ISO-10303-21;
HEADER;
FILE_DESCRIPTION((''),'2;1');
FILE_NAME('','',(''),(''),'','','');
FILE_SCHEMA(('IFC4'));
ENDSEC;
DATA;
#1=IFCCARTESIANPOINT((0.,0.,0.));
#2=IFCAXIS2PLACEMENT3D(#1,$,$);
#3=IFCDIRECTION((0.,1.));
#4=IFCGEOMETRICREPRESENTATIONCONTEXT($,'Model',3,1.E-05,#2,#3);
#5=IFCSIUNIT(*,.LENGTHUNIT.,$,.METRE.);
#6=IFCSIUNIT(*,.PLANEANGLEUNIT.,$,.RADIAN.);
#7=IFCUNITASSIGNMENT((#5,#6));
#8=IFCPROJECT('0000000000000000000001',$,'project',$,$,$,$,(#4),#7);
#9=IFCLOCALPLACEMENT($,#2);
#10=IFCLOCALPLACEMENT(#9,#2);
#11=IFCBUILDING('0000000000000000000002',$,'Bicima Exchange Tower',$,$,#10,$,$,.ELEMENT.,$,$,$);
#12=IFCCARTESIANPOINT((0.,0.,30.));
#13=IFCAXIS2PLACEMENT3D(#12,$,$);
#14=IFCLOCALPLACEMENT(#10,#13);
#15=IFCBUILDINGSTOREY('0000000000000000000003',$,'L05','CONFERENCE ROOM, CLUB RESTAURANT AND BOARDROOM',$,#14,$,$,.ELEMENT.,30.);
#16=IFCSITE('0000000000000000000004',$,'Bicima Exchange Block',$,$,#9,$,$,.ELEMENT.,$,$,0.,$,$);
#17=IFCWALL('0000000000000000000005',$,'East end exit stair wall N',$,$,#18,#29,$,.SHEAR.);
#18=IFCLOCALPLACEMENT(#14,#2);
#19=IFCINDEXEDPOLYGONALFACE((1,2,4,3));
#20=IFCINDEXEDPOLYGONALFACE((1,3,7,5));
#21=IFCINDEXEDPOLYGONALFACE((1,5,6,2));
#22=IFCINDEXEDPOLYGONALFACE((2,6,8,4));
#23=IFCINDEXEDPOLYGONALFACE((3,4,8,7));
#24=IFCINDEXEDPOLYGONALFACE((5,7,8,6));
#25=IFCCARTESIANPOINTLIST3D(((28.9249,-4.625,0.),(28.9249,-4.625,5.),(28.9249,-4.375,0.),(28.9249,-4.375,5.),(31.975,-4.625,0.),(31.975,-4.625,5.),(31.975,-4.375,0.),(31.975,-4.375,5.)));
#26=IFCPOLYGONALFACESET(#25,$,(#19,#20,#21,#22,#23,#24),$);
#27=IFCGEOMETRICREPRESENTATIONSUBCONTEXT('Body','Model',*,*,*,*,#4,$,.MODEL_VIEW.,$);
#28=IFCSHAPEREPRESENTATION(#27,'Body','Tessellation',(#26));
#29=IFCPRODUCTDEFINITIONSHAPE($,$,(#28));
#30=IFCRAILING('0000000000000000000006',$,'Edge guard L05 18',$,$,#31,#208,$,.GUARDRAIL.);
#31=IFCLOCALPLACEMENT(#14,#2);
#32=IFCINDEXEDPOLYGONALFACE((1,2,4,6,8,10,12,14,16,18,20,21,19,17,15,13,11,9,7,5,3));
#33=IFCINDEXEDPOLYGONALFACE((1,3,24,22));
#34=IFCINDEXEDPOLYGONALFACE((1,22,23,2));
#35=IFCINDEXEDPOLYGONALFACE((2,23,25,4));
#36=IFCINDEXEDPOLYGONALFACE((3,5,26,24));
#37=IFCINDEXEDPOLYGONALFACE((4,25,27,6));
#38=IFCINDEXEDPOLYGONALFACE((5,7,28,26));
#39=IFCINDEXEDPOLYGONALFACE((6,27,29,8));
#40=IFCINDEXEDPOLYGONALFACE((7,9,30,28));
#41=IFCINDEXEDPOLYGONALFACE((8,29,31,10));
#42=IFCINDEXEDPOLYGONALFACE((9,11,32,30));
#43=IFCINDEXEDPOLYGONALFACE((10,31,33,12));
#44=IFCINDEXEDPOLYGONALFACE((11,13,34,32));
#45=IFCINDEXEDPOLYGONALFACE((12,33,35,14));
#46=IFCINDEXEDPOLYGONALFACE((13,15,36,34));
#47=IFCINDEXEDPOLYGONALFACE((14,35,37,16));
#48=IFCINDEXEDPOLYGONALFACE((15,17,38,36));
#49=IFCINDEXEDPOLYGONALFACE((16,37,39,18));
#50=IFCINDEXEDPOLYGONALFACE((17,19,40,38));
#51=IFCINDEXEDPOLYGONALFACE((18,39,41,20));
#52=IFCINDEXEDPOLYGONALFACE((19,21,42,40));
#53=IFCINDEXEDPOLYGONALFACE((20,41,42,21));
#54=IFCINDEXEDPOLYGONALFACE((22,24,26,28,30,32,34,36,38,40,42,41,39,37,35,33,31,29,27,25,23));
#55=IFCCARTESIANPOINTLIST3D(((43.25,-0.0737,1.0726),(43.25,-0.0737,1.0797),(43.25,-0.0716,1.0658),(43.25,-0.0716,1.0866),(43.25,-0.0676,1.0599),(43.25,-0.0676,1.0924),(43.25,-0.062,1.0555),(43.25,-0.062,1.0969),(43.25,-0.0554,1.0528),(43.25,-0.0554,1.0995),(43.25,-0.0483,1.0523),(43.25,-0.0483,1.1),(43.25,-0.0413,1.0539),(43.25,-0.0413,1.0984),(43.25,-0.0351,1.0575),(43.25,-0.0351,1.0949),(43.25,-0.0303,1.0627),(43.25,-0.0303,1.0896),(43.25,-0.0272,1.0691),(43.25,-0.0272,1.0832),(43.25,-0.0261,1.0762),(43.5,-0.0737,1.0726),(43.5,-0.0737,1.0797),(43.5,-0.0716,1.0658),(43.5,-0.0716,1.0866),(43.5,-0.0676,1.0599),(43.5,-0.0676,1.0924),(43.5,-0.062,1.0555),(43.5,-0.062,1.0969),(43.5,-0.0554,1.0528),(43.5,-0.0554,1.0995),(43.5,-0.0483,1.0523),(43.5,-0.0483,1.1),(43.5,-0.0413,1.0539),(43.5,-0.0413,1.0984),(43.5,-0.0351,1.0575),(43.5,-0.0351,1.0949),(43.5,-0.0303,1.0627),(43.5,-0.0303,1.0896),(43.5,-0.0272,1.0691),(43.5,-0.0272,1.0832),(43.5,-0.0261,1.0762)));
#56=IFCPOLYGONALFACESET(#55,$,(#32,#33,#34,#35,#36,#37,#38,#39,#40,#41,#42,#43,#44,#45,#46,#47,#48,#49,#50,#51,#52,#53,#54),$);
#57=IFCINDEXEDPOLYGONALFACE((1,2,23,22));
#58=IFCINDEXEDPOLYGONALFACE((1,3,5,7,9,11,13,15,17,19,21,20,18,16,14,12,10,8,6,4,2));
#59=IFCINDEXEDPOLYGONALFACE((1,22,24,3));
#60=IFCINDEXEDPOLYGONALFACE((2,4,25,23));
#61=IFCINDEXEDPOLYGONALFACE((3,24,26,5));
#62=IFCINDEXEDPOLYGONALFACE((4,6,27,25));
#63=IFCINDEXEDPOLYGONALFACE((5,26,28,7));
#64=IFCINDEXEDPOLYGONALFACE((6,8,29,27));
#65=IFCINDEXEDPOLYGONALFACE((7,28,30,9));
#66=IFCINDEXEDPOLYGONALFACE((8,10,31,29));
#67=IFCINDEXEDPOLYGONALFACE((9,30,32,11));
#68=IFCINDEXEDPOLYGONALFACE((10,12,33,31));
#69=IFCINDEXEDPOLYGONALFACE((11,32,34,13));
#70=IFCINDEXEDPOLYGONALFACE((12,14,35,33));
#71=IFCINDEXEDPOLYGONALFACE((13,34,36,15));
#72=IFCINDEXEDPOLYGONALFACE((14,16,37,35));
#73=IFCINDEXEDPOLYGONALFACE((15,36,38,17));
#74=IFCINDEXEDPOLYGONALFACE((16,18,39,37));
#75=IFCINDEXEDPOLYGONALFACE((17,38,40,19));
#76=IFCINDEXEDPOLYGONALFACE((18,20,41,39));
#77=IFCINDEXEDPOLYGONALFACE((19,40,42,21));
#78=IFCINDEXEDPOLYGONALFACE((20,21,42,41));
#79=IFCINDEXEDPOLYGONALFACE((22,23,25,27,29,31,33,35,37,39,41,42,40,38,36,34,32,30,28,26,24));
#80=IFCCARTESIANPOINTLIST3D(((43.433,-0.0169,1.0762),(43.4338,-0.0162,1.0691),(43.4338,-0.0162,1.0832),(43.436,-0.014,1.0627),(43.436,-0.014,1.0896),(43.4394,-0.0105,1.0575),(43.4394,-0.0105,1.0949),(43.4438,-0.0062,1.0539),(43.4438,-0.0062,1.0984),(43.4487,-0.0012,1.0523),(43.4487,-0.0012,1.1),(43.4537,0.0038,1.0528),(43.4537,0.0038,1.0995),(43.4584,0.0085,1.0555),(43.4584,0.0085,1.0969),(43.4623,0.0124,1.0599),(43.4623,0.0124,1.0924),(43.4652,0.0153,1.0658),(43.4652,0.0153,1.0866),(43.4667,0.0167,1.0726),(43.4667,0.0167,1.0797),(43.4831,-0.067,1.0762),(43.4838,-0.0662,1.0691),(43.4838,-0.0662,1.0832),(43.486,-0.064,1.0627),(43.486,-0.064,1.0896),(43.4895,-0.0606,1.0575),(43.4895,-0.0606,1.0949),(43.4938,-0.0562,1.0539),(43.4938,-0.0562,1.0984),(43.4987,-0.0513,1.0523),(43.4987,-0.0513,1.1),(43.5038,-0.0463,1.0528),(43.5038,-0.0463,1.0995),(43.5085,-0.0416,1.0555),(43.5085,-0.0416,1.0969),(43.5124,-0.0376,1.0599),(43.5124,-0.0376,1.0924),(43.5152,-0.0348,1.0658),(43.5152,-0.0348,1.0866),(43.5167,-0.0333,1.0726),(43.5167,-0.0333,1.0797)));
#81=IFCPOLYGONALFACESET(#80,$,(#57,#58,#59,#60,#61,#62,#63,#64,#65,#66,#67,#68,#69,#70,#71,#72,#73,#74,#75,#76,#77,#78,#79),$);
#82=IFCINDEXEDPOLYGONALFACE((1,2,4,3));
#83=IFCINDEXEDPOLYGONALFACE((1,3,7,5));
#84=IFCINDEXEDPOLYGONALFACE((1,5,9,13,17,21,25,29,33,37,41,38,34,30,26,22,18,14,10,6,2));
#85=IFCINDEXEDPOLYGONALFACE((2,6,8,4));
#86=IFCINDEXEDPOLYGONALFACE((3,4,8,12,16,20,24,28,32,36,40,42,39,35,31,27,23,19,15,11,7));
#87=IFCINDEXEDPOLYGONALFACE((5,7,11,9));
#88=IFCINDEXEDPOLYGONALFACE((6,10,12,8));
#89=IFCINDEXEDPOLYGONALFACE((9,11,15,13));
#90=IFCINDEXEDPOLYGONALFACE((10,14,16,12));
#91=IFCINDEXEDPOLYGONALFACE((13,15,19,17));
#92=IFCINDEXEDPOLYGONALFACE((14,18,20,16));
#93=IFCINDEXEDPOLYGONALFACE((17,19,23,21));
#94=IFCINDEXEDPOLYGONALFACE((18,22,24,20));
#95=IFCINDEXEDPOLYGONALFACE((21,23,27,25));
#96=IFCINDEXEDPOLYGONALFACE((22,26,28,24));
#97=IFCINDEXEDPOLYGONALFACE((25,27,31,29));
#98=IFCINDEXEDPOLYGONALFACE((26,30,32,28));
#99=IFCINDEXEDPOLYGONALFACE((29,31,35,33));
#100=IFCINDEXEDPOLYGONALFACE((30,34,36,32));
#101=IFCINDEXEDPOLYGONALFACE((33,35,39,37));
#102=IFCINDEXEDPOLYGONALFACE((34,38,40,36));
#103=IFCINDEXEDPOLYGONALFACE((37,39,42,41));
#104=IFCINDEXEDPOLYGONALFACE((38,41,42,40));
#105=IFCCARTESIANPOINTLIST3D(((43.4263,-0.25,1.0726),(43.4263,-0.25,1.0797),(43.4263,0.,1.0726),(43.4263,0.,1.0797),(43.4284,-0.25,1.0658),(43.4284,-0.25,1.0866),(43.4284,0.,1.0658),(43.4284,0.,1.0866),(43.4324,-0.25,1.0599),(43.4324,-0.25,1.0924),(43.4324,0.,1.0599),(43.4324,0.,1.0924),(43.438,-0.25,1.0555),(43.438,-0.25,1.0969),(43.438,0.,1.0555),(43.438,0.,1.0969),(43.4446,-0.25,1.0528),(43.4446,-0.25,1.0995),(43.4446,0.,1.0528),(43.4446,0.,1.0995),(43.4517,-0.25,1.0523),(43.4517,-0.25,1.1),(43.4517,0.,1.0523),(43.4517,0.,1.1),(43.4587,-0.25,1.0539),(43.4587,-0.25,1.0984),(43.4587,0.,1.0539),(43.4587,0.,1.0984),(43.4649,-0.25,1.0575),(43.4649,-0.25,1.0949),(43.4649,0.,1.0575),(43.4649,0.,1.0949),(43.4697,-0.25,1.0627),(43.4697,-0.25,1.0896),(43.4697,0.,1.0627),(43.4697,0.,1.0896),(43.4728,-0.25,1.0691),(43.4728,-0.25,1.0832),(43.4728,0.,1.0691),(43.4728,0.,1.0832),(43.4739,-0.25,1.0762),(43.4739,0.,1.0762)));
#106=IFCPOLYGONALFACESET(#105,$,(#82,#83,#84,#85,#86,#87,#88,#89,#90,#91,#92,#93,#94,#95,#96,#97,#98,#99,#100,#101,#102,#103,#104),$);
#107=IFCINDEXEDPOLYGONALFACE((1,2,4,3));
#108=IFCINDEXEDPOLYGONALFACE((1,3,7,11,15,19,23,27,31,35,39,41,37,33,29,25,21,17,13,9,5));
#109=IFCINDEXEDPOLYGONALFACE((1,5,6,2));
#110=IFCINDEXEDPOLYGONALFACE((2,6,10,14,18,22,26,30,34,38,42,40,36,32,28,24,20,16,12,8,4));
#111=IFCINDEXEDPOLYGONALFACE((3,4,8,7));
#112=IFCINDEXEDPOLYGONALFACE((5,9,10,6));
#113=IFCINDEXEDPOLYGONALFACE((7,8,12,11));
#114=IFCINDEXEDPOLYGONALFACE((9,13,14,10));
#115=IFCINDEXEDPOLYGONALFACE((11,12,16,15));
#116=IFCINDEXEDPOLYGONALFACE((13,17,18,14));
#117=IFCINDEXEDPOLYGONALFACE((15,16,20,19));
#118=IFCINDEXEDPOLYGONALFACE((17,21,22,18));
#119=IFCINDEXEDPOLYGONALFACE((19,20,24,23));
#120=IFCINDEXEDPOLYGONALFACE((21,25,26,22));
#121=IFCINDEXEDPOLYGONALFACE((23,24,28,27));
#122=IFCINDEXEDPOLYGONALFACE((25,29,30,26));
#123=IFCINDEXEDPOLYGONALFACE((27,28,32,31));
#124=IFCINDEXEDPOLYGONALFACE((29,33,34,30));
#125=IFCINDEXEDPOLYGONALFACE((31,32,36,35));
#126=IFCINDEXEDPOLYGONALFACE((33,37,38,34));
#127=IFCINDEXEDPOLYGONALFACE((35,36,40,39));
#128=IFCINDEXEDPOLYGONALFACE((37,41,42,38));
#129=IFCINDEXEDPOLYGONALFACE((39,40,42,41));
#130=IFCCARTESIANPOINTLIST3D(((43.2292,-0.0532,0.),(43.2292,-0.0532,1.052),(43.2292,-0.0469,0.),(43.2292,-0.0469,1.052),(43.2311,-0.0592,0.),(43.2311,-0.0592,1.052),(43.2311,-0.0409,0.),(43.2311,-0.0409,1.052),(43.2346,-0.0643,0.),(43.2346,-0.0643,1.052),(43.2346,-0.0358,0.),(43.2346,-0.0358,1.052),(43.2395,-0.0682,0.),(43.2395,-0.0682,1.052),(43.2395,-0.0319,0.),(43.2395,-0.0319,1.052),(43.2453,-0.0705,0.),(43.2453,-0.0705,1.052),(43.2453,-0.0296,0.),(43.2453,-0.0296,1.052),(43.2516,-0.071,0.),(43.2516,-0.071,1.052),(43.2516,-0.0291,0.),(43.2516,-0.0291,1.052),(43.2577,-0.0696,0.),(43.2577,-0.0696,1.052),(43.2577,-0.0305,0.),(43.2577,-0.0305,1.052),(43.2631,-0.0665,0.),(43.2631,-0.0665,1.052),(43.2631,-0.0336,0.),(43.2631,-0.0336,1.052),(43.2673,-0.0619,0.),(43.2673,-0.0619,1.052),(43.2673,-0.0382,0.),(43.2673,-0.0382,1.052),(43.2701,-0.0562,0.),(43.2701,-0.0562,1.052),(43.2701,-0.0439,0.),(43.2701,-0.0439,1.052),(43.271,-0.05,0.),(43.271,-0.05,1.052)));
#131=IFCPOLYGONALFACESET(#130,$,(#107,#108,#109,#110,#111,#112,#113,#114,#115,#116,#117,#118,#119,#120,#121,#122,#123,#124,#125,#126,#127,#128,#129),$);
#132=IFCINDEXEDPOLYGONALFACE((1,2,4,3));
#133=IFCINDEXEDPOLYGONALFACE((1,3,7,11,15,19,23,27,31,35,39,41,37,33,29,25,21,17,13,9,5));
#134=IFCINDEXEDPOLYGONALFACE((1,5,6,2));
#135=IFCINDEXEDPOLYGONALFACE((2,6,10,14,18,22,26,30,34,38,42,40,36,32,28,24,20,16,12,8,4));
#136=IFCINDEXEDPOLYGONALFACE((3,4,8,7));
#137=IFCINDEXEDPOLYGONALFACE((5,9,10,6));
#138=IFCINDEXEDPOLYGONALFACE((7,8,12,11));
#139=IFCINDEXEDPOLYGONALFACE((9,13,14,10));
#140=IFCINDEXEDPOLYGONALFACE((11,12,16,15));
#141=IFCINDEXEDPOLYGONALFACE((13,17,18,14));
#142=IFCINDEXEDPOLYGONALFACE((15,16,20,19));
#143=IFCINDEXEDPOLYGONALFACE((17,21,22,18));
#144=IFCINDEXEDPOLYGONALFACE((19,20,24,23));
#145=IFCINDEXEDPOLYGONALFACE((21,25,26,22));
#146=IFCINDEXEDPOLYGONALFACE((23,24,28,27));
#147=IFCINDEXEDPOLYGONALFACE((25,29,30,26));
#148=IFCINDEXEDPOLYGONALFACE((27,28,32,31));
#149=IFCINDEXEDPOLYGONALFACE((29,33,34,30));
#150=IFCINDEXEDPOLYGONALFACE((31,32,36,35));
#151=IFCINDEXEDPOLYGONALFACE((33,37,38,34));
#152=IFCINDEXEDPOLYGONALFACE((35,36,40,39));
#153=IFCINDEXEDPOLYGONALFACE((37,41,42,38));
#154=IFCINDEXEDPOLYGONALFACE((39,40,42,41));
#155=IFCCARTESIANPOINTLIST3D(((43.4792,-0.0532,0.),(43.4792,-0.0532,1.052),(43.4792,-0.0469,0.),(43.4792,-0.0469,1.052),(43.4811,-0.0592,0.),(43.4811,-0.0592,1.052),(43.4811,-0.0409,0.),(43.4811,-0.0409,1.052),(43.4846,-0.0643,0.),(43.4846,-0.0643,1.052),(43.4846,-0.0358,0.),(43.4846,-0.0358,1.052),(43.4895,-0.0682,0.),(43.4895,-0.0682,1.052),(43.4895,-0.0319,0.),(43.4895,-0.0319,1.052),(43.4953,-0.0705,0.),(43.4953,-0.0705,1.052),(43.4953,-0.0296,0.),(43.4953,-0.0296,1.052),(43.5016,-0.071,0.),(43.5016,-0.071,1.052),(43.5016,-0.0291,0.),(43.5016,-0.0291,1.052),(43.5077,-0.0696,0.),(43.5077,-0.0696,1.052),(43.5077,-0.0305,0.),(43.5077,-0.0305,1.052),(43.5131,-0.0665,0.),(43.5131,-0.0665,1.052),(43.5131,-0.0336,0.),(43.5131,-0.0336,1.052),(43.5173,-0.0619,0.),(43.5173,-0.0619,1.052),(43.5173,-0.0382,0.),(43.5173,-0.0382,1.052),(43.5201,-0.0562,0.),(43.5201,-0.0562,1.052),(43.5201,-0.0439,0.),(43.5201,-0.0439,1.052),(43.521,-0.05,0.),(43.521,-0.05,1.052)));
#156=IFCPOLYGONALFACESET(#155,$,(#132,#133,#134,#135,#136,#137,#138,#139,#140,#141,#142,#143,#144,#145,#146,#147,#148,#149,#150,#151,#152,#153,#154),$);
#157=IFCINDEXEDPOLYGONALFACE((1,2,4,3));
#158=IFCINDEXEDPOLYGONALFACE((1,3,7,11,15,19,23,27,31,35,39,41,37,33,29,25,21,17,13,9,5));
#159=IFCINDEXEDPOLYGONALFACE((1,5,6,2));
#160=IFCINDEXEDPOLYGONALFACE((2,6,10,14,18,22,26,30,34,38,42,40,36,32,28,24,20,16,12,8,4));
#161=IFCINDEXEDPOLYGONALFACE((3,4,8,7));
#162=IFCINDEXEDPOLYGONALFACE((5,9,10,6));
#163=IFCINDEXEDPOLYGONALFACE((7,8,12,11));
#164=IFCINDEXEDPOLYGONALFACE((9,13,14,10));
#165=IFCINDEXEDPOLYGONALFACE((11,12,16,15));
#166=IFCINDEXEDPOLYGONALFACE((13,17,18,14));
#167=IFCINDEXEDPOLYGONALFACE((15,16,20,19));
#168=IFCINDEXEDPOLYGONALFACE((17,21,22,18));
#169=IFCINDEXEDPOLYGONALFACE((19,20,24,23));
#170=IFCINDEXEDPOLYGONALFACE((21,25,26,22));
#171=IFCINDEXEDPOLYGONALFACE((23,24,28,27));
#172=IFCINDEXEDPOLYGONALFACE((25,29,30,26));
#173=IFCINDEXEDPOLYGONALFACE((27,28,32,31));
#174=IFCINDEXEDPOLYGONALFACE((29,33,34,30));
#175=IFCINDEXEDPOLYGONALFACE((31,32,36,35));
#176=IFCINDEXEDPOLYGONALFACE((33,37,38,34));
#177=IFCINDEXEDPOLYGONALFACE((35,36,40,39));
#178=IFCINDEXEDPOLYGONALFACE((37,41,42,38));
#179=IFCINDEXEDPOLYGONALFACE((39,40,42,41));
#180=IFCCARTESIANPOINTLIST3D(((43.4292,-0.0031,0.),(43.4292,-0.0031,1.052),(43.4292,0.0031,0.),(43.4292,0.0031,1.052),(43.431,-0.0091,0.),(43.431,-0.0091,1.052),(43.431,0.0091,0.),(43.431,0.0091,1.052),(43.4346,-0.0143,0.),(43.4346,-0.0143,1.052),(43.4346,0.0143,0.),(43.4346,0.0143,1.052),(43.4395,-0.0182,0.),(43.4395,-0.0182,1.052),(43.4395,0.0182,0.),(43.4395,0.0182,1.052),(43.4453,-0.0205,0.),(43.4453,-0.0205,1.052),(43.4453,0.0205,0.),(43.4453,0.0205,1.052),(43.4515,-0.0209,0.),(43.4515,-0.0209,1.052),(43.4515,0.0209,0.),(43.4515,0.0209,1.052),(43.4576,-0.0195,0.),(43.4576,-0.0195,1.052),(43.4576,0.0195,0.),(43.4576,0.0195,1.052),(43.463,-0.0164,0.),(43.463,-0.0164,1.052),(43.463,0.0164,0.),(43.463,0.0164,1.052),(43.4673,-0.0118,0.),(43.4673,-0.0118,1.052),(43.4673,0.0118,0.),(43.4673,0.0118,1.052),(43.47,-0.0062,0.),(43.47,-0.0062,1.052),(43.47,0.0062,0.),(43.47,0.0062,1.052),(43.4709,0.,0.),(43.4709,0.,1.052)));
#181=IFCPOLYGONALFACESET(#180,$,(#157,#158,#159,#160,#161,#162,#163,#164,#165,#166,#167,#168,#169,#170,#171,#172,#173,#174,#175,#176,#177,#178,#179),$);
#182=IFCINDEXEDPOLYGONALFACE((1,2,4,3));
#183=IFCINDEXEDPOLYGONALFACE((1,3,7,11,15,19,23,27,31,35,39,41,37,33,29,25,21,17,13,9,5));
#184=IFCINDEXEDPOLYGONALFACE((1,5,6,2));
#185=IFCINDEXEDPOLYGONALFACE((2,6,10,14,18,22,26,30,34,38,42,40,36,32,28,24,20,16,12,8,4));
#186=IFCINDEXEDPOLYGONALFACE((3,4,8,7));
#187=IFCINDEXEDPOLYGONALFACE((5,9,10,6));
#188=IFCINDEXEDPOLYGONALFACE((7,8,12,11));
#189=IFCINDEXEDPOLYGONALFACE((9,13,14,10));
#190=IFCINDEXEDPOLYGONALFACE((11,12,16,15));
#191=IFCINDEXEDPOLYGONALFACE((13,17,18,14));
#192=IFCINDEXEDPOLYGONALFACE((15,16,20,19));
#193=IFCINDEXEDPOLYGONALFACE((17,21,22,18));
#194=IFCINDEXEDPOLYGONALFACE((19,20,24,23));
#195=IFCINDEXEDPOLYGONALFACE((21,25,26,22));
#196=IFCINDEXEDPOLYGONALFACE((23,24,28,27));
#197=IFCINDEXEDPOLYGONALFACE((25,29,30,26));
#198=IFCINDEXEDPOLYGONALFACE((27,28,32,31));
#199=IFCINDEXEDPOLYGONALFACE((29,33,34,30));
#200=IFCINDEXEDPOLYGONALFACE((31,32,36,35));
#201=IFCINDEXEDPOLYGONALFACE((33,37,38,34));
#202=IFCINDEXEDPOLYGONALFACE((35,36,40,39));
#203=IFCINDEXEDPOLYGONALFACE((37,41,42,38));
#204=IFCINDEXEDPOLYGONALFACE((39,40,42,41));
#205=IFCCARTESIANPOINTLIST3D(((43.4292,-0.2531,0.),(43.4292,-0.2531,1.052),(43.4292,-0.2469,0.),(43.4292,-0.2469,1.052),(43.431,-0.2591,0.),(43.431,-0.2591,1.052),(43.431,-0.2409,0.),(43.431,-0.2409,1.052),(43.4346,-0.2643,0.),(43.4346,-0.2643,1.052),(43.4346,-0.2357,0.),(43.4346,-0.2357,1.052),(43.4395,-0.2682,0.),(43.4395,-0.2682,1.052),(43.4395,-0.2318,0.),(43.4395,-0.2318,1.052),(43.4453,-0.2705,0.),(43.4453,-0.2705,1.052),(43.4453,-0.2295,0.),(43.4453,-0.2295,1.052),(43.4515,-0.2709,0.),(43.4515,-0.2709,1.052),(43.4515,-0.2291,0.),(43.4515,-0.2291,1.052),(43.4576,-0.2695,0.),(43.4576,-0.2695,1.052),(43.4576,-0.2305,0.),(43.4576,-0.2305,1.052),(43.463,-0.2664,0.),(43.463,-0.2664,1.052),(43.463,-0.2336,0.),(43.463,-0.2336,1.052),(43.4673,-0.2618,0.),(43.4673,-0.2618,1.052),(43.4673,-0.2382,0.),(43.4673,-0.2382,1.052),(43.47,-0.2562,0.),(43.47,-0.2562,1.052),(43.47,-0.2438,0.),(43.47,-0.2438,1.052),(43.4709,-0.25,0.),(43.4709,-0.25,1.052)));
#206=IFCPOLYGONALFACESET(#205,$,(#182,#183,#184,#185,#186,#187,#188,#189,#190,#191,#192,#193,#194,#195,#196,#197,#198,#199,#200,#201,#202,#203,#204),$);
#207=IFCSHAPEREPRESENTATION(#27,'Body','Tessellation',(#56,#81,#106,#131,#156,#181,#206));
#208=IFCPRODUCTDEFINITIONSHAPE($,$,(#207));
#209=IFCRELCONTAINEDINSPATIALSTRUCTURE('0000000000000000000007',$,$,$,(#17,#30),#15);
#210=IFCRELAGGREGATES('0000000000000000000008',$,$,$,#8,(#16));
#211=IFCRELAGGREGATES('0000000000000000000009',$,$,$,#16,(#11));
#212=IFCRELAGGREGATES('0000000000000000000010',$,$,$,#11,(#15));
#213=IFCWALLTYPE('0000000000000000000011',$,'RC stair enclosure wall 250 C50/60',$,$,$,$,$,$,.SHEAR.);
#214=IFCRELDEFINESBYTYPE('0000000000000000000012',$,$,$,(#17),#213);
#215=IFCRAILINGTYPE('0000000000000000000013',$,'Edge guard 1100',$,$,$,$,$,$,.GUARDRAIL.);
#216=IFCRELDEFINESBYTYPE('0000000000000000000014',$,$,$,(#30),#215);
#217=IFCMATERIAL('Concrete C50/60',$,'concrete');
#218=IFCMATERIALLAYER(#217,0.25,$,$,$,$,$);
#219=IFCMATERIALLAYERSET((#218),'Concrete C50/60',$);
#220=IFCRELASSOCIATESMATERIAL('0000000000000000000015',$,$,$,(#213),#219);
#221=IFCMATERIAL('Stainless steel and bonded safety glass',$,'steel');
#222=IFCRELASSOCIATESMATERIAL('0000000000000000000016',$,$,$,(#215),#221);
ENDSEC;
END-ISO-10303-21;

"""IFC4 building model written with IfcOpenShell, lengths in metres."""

from ifc_helpers import new_model, si_unit, direction, frame, frame_2d, origin, origin_2d, place, context, subcontext, project, spatial, rectangle, circle, extrude, material, layer, layer_set, type_object, element, save


model = new_model("IFC4")

# Units and contexts
model_context = context("Model", 3, precision=1e-05, world=origin(), true_north=direction((0.0, 1.0)))
body_context = subcontext(model_context, "Body", "Model", "MODEL_VIEW")
ifc_project = project(units=[si_unit("LENGTHUNIT", "METRE"), si_unit("PLANEANGLEUNIT", "RADIAN")], contexts=[model_context])

# Site, building, storey
site_placement = place(None, origin())
site = spatial("IfcSite", under=ifc_project, at=site_placement, Name="Bicima Exchange Block", CompositionType="ELEMENT", RefElevation=0.0)
building_placement = place(site_placement, origin())
building = spatial("IfcBuilding", under=site, at=building_placement, Name="Bicima Exchange Tower", CompositionType="ELEMENT")
storey_placement = place(building_placement, frame((0.0, 0.0, 30.0)))
storey = spatial("IfcBuildingStorey", under=building, at=storey_placement, Name="L05", Description="CONFERENCE ROOM, CLUB RESTAURANT AND BOARDROOM", CompositionType="ELEMENT", Elevation=30.0)

# Wall
ifc_material_1 = material(Name="Concrete C50/60", Category="concrete")
ifc_layer_1 = layer(ifc_material_1, 0.25)
ifc_layer_set_1 = layer_set([ifc_layer_1], Name="Concrete C50/60")
wall_type = type_object("IfcWallType", Name="RC stair enclosure wall 250 C50/60", PredefinedType="SHEAR", material=ifc_layer_set_1)
wall_placement = place(storey_placement, frame((28.925, -4.5, 0.0), z_axis=(0.0, 0.0, 1.0), x_axis=(1.0, 0.0, 0.0)))
element("IfcWall", 1, at=wall_placement, inside=storey, type_object=wall_type, Name="East end exit stair wall N", PredefinedType="SHEAR", context=body_context, shape_type="SweptSolid", body=[
    extrude(rectangle(XDim=3.05, YDim=0.25, at=frame_2d((1.5249, 0.0))), origin(), (0.0, 0.0, 1.0), 5.0),
])

# Railing
ifc_material_2 = material(Name="Stainless steel and bonded safety glass", Category="steel")
railing_type = type_object("IfcRailingType", Name="Edge guard 1100", PredefinedType="GUARDRAIL", material=ifc_material_2)
railing_placement = place(storey_placement, frame((43.25, -0.05, 0.0)))
element("IfcRailing", 2, at=railing_placement, inside=storey, type_object=railing_type, Name="Edge guard L05 18", PredefinedType="GUARDRAIL", context=body_context, shape_type="SweptSolid", body=[
    extrude(circle(Radius=0.0239, at=origin_2d()), frame((0.0, 0.0, 1.0762), z_axis=(1.0, 0.0, 0.0), x_axis=(0.0, 1.0, 0.0)), (0.0, 0.0, 1.0), 0.25),
    extrude(circle(Radius=0.0239, at=origin_2d()), frame((0.25, 0.0, 1.0762), z_axis=(-0.707107, 0.707107, 0.0), x_axis=(-0.707107, -0.707107, 0.0)), (0.0, 0.0, 1.0), 0.0708),
    extrude(circle(Radius=0.0239, at=origin_2d()), frame((0.2, 0.05, 1.0762), z_axis=(0.0, -1.0, 0.0), x_axis=(1.0, 0.0, 0.0)), (0.0, 0.0, 1.0), 0.25),
    extrude(circle(Radius=0.021, at=origin_2d()), origin(), (0.0, 0.0, 1.0), 1.052),
    extrude(circle(Radius=0.021, at=origin_2d()), frame((0.25, 0.0, 0.0)), (0.0, 0.0, 1.0), 1.052),
    extrude(circle(Radius=0.021, at=origin_2d()), frame((0.2, 0.05, 0.0)), (0.0, 0.0, 1.0), 1.052),
    extrude(circle(Radius=0.021, at=origin_2d()), frame((0.2, -0.2, 0.0)), (0.0, 0.0, 1.0), 1.052),
])

save(model, "model.ifc")
